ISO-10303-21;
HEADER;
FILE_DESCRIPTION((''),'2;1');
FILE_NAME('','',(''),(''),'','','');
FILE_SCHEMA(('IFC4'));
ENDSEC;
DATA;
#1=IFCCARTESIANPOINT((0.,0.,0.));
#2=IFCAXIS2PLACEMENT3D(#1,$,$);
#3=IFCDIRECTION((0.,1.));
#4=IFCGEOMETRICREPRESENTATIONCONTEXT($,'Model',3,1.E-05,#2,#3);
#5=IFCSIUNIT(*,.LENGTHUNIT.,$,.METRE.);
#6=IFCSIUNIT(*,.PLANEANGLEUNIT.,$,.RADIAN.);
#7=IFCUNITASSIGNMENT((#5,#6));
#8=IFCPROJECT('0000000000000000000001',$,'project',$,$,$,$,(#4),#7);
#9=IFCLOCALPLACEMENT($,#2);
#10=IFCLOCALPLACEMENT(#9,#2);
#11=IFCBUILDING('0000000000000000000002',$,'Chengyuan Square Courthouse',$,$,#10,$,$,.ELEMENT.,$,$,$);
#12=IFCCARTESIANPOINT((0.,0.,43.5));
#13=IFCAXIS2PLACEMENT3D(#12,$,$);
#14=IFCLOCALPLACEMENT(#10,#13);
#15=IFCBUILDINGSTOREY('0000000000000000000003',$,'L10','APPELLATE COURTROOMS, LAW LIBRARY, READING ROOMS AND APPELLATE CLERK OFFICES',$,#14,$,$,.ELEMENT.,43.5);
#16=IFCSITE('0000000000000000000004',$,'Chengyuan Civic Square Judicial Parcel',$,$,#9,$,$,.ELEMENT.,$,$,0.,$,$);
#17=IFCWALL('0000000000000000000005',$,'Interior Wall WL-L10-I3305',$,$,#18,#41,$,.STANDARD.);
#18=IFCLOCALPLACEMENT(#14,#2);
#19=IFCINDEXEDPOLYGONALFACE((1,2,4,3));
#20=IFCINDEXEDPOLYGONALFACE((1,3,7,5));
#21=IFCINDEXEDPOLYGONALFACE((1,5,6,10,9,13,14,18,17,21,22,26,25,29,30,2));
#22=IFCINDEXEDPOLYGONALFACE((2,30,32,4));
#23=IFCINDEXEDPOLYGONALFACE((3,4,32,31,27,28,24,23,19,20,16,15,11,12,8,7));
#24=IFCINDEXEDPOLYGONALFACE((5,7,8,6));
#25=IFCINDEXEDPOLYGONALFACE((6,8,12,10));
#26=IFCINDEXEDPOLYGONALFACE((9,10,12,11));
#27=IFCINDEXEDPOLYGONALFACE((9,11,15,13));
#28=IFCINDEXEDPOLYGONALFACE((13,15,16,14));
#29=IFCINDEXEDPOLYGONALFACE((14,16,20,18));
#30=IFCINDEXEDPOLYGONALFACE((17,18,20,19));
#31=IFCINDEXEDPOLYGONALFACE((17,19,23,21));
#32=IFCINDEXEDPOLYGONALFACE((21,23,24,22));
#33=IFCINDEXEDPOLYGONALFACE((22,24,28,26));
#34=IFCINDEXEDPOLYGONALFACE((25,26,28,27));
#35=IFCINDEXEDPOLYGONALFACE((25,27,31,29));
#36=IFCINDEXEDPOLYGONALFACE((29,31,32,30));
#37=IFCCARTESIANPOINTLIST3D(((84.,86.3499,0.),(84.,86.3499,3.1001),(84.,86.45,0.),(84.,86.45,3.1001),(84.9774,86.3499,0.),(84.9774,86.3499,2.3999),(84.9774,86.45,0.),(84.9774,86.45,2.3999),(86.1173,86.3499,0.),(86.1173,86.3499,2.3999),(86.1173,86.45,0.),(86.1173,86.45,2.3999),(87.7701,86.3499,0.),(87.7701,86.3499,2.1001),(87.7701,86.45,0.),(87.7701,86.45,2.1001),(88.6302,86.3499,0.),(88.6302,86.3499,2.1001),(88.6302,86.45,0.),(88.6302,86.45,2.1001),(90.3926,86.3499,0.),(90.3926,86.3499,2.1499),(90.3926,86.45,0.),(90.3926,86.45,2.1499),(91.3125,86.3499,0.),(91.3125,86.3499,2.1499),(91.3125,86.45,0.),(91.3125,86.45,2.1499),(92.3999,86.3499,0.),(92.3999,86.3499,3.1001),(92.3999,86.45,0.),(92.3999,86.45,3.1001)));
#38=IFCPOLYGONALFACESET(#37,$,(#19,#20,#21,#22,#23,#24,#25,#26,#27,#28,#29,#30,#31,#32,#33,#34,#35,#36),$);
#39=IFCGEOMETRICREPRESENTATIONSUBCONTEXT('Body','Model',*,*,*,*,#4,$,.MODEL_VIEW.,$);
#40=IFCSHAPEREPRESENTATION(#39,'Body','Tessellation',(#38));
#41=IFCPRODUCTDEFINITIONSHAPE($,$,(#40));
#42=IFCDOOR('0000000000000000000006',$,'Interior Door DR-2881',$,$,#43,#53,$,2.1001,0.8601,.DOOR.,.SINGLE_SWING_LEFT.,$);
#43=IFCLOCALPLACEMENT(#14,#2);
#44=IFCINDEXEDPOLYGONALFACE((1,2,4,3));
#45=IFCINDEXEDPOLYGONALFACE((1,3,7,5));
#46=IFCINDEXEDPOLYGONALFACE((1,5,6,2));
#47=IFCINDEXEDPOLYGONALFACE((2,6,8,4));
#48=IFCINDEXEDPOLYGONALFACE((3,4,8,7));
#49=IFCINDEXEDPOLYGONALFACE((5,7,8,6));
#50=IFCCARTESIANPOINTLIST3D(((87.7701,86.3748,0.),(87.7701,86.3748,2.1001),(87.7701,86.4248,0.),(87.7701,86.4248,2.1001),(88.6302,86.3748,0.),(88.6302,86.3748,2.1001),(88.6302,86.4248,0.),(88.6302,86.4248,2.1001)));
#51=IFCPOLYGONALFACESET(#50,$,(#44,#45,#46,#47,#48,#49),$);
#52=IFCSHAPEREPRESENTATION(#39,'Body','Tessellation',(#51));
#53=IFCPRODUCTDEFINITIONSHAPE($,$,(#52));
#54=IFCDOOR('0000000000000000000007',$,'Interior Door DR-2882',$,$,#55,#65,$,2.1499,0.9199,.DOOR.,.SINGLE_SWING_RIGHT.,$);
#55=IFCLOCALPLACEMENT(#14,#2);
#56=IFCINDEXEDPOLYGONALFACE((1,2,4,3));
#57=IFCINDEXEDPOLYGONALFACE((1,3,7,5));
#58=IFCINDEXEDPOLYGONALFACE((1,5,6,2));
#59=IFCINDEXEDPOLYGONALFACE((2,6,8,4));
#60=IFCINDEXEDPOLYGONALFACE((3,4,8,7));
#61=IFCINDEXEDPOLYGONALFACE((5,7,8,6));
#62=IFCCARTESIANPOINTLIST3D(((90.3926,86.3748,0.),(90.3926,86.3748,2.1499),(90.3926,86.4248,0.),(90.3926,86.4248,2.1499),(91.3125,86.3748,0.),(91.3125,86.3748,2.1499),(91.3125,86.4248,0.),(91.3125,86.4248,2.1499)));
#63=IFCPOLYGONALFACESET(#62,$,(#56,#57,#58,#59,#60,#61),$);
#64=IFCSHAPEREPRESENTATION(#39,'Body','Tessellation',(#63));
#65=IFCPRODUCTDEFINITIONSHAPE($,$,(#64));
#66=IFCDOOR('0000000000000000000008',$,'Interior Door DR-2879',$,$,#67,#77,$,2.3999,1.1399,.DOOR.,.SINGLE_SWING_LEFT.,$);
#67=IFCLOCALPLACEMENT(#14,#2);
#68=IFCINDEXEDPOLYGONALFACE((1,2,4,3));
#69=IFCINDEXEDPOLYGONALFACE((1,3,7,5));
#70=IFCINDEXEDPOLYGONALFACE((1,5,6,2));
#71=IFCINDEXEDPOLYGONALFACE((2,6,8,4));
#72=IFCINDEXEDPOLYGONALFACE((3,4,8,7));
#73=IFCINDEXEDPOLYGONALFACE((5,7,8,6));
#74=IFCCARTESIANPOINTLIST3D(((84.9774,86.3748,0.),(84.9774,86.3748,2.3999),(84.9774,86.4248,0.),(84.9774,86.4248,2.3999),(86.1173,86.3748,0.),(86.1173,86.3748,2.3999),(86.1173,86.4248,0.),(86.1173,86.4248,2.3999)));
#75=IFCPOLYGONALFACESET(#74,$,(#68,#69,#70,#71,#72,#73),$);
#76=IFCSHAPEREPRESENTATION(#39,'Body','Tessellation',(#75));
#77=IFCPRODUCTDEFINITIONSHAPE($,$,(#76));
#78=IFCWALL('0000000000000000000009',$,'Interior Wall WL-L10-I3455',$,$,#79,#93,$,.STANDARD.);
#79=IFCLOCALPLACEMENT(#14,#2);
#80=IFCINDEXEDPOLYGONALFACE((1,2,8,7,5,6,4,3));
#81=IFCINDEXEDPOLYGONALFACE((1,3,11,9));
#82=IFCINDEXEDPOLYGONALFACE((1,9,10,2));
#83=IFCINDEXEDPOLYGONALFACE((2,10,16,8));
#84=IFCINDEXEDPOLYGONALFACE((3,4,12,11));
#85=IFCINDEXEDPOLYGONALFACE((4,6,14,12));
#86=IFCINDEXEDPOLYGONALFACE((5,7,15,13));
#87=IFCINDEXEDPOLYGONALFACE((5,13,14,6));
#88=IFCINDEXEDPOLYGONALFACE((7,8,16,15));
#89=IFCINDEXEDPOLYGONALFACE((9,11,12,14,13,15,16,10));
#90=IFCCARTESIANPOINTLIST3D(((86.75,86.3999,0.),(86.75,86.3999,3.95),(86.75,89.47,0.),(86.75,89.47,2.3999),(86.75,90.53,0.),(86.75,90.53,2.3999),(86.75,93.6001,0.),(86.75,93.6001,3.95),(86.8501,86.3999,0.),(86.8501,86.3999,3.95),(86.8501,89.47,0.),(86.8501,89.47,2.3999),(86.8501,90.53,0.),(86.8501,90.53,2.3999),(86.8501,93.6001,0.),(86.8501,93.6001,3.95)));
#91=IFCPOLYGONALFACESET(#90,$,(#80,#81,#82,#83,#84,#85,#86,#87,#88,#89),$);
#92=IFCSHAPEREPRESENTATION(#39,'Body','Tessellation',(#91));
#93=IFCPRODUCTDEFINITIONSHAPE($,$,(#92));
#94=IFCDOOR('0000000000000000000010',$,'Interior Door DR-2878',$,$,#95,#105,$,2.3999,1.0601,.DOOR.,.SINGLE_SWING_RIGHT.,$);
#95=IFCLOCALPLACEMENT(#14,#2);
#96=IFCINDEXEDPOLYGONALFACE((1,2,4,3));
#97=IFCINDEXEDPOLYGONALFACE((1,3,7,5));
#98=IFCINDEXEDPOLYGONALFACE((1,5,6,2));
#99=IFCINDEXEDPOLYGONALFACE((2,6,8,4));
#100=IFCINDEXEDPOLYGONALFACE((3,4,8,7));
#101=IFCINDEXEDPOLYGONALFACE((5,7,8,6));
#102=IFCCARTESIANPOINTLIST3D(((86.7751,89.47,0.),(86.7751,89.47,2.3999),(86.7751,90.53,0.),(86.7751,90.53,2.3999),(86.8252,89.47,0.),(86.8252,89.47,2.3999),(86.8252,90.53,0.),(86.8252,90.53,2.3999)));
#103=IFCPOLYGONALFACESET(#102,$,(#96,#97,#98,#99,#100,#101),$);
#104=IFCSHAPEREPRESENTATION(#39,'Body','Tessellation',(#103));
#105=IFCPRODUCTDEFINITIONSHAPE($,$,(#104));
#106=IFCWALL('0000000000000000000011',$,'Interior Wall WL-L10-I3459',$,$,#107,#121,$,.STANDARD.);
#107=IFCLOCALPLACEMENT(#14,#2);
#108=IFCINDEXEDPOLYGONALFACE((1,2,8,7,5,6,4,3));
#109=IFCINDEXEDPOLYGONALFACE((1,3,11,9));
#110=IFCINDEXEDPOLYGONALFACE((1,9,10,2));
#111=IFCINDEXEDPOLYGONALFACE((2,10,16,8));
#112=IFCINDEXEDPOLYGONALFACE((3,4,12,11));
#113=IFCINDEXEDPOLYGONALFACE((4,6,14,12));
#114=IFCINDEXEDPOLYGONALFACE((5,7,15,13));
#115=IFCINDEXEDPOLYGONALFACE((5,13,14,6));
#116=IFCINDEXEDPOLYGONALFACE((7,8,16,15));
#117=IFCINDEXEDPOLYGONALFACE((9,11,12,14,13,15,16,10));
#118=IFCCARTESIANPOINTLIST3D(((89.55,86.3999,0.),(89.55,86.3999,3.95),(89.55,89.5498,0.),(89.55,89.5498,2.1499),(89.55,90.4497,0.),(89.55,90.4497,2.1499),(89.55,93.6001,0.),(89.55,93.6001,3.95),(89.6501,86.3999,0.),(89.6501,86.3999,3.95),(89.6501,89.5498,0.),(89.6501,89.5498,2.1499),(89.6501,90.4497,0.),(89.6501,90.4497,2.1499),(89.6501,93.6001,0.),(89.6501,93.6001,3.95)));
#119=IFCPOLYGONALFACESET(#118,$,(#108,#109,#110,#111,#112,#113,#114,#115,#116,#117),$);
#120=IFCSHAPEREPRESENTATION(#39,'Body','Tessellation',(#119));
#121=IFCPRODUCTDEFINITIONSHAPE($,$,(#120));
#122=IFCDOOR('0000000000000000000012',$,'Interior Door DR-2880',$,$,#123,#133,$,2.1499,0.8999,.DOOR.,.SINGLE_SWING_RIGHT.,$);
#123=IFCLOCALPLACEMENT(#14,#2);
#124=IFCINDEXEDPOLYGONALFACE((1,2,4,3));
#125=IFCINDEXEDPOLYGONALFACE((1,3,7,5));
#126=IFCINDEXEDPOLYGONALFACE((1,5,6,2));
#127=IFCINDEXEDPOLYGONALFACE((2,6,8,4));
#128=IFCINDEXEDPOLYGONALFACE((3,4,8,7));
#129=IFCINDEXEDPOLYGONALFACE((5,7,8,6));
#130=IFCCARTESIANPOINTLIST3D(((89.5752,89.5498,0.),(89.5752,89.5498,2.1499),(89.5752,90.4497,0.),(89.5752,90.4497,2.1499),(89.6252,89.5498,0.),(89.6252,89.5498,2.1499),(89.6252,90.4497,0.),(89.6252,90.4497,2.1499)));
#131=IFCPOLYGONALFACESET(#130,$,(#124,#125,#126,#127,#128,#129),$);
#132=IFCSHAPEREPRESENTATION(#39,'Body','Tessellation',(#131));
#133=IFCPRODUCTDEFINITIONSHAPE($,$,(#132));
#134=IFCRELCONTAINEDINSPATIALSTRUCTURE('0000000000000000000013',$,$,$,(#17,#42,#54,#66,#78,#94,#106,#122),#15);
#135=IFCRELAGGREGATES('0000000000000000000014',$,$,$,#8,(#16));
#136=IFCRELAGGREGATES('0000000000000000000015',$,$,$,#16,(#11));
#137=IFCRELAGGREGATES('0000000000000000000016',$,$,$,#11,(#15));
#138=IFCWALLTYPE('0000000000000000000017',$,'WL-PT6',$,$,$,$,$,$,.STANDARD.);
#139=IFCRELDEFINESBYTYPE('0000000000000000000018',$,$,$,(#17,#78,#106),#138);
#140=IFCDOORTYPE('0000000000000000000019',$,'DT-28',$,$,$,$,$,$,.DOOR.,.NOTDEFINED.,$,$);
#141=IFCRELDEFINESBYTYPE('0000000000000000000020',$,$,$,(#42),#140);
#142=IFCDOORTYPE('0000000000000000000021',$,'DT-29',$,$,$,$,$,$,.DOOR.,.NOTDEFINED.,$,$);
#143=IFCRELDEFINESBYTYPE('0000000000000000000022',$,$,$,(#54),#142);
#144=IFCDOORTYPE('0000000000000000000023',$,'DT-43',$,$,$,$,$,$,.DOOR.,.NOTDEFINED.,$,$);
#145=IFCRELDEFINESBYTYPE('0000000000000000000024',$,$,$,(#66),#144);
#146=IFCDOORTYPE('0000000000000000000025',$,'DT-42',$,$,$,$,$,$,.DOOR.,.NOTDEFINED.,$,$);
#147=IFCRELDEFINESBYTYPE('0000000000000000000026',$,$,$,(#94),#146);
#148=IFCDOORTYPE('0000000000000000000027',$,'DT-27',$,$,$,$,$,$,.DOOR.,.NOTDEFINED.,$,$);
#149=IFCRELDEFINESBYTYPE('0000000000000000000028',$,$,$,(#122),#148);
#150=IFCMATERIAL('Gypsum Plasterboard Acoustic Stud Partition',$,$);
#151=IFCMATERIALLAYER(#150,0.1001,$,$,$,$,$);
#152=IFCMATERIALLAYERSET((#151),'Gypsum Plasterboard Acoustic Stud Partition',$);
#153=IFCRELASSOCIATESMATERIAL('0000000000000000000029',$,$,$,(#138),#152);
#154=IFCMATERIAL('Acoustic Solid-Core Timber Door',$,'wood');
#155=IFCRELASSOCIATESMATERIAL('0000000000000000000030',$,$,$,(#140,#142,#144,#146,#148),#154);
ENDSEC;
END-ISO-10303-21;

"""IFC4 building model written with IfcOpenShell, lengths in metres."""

from ifc_helpers import new_model, si_unit, direction, frame, frame_2d, origin, place, context, subcontext, project, spatial, rectangle, extrude, material, layer, layer_set, type_object, element, fill, save


model = new_model("IFC4")

# Units and contexts
model_context = context("Model", 3, precision=1e-05, world=origin(), true_north=direction((0.0, 1.0)))
body_context = subcontext(model_context, "Body", "Model", "MODEL_VIEW")
ifc_project = project(units=[si_unit("LENGTHUNIT", "METRE"), si_unit("PLANEANGLEUNIT", "RADIAN")], contexts=[model_context])

# Site, building, storey
site_placement = place(None, origin())
site = spatial("IfcSite", under=ifc_project, at=site_placement, Name="Chengyuan Civic Square Judicial Parcel", CompositionType="ELEMENT", RefElevation=0.0)
building_placement = place(site_placement, origin())
building = spatial("IfcBuilding", under=site, at=building_placement, Name="Chengyuan Square Courthouse", CompositionType="ELEMENT")
storey_placement = place(building_placement, frame((0.0, 0.0, 43.5)))
storey = spatial("IfcBuildingStorey", under=building, at=storey_placement, Name="L10", Description="APPELLATE COURTROOMS, LAW LIBRARY, READING ROOMS AND APPELLATE CLERK OFFICES", CompositionType="ELEMENT", Elevation=43.5)

# Wall, openings, doors
ifc_material_1 = material(Name="Gypsum Plasterboard Acoustic Stud Partition")
ifc_layer_1 = layer(ifc_material_1, 0.1001)
ifc_layer_set_1 = layer_set([ifc_layer_1], Name="Gypsum Plasterboard Acoustic Stud Partition")
wall_type_1 = type_object("IfcWallType", Name="WL-PT6", PredefinedType="STANDARD", material=ifc_layer_set_1)
wall_1_placement = place(storey_placement, frame((84.0, 86.3999, 0.0), z_axis=(0.0, 0.0, 1.0), x_axis=(1.0, 0.0, 0.0)))
wall_1 = element("IfcWall", 1, at=wall_1_placement, inside=storey, type_object=wall_type_1, Name="Interior Wall WL-L10-I3305", PredefinedType="STANDARD", context=body_context, shape_type="SweptSolid", body=[
    extrude(rectangle(XDim=8.3999, YDim=0.1001, at=frame_2d((4.2, 0.0))), origin(), (0.0, 0.0, 1.0), 3.1001),
])
opening_1_placement = place(wall_1_placement, frame((0.9775, 0.0, 0.0)))
opening_1 = element("IfcOpeningElement", 2, at=opening_1_placement, cuts=wall_1, PredefinedType="OPENING", context=body_context, shape_type="SweptSolid", body=[
    extrude(rectangle(XDim=1.1399, YDim=2.3999, at=frame_2d((0.5698, 1.2))), frame((0.0, 0.062, 0.0), z_axis=(0.0, -1.0, 0.0), x_axis=(1.0, 0.0, 0.0)), (0.0, 0.0, 1.0), 0.124),
])
opening_2_placement = place(wall_1_placement, frame((3.77, 0.0, 0.0)))
opening_2 = element("IfcOpeningElement", 3, at=opening_2_placement, cuts=wall_1, PredefinedType="OPENING", context=body_context, shape_type="SweptSolid", body=[
    extrude(rectangle(XDim=0.8601, YDim=2.1001, at=frame_2d((0.4302, 1.05))), frame((0.0, 0.062, 0.0), z_axis=(0.0, -1.0, 0.0), x_axis=(1.0, 0.0, 0.0)), (0.0, 0.0, 1.0), 0.124),
])
opening_3_placement = place(wall_1_placement, frame((6.3926, 0.0, 0.0)))
opening_3 = element("IfcOpeningElement", 4, at=opening_3_placement, cuts=wall_1, PredefinedType="OPENING", context=body_context, shape_type="SweptSolid", body=[
    extrude(rectangle(XDim=0.9199, YDim=2.1499, at=frame_2d((0.46, 1.075))), frame((0.0, 0.062, 0.0), z_axis=(0.0, -1.0, 0.0), x_axis=(1.0, 0.0, 0.0)), (0.0, 0.0, 1.0), 0.124),
])
ifc_material_2 = material(Name="Acoustic Solid-Core Timber Door", Category="wood")
door_type_1 = type_object("IfcDoorType", Name="DT-28", OperationType="NOTDEFINED", PredefinedType="DOOR", material=ifc_material_2)
door_1_placement = place(opening_2_placement, origin())
door_1 = element("IfcDoor", 5, at=door_1_placement, inside=storey, type_object=door_type_1, Name="Interior Door DR-2881", OperationType="SINGLE_SWING_LEFT", OverallHeight=2.1001, OverallWidth=0.8601, PredefinedType="DOOR", context=body_context, shape_type="SweptSolid", body=[
    extrude(rectangle(XDim=0.8601, YDim=2.1001, at=frame_2d((0.4302, 1.05))), frame((0.0, 0.0249, 0.0), z_axis=(0.0, -1.0, 0.0), x_axis=(1.0, 0.0, 0.0)), (0.0, 0.0, 1.0), 0.05),
])
fill(opening_2, door_1)
door_type_2 = type_object("IfcDoorType", Name="DT-29", OperationType="NOTDEFINED", PredefinedType="DOOR", material=ifc_material_2)
door_2_placement = place(opening_3_placement, origin())
door_2 = element("IfcDoor", 6, at=door_2_placement, inside=storey, type_object=door_type_2, Name="Interior Door DR-2882", OperationType="SINGLE_SWING_RIGHT", OverallHeight=2.1499, OverallWidth=0.9199, PredefinedType="DOOR", context=body_context, shape_type="SweptSolid", body=[
    extrude(rectangle(XDim=0.9199, YDim=2.1499, at=frame_2d((0.46, 1.075))), frame((0.0, 0.0249, 0.0), z_axis=(0.0, -1.0, 0.0), x_axis=(1.0, 0.0, 0.0)), (0.0, 0.0, 1.0), 0.05),
])
fill(opening_3, door_2)
door_type_3 = type_object("IfcDoorType", Name="DT-43", OperationType="NOTDEFINED", PredefinedType="DOOR", material=ifc_material_2)
door_3_placement = place(opening_1_placement, origin())
door_3 = element("IfcDoor", 7, at=door_3_placement, inside=storey, type_object=door_type_3, Name="Interior Door DR-2879", OperationType="SINGLE_SWING_LEFT", OverallHeight=2.3999, OverallWidth=1.1399, PredefinedType="DOOR", context=body_context, shape_type="SweptSolid", body=[
    extrude(rectangle(XDim=1.1399, YDim=2.3999, at=frame_2d((0.5698, 1.2))), frame((0.0, 0.0249, 0.0), z_axis=(0.0, -1.0, 0.0), x_axis=(1.0, 0.0, 0.0)), (0.0, 0.0, 1.0), 0.05),
])
fill(opening_1, door_3)

# Walls, openings, doors
wall_2_placement = place(storey_placement, frame((86.8, 86.3999, 0.0), z_axis=(0.0, 0.0, 1.0), x_axis=(0.0, 1.0, 0.0)))
wall_2 = element("IfcWall", 8, at=wall_2_placement, inside=storey, type_object=wall_type_1, Name="Interior Wall WL-L10-I3455", PredefinedType="STANDARD", context=body_context, shape_type="SweptSolid", body=[
    extrude(rectangle(XDim=7.2002, YDim=0.1001, at=frame_2d((3.6001, 0.0))), origin(), (0.0, 0.0, 1.0), 3.95),
])
opening_4_placement = place(wall_2_placement, frame((3.0701, 0.0, 0.0)))
opening_4 = element("IfcOpeningElement", 9, at=opening_4_placement, cuts=wall_2, PredefinedType="OPENING", context=body_context, shape_type="SweptSolid", body=[
    extrude(rectangle(XDim=1.0601, YDim=2.3999, at=frame_2d((0.53, 1.2))), frame((0.0, 0.062, 0.0), z_axis=(0.0, -1.0, 0.0), x_axis=(1.0, 0.0, 0.0)), (0.0, 0.0, 1.0), 0.124),
])
door_type_4 = type_object("IfcDoorType", Name="DT-42", OperationType="NOTDEFINED", PredefinedType="DOOR", material=ifc_material_2)
door_4_placement = place(opening_4_placement, origin())
door_4 = element("IfcDoor", 10, at=door_4_placement, inside=storey, type_object=door_type_4, Name="Interior Door DR-2878", OperationType="SINGLE_SWING_RIGHT", OverallHeight=2.3999, OverallWidth=1.0601, PredefinedType="DOOR", context=body_context, shape_type="SweptSolid", body=[
    extrude(rectangle(XDim=1.0601, YDim=2.3999, at=frame_2d((0.53, 1.2))), frame((0.0, 0.0249, 0.0), z_axis=(0.0, -1.0, 0.0), x_axis=(1.0, 0.0, 0.0)), (0.0, 0.0, 1.0), 0.05),
])
fill(opening_4, door_4)
wall_3_placement = place(storey_placement, frame((89.6001, 86.3999, 0.0), z_axis=(0.0, 0.0, 1.0), x_axis=(0.0, 1.0, 0.0)))
wall_3 = element("IfcWall", 11, at=wall_3_placement, inside=storey, type_object=wall_type_1, Name="Interior Wall WL-L10-I3459", PredefinedType="STANDARD", context=body_context, shape_type="SweptSolid", body=[
    extrude(rectangle(XDim=7.2002, YDim=0.1001, at=frame_2d((3.6001, 0.0))), origin(), (0.0, 0.0, 1.0), 3.95),
])
opening_5_placement = place(wall_3_placement, frame((3.1499, 0.0, 0.0)))
opening_5 = element("IfcOpeningElement", 12, at=opening_5_placement, cuts=wall_3, PredefinedType="OPENING", context=body_context, shape_type="SweptSolid", body=[
    extrude(rectangle(XDim=0.8999, YDim=2.1499, at=frame_2d((0.45, 1.075))), frame((0.0, 0.062, 0.0), z_axis=(0.0, -1.0, 0.0), x_axis=(1.0, 0.0, 0.0)), (0.0, 0.0, 1.0), 0.124),
])
door_type_5 = type_object("IfcDoorType", Name="DT-27", OperationType="NOTDEFINED", PredefinedType="DOOR", material=ifc_material_2)
door_5_placement = place(opening_5_placement, origin())
door_5 = element("IfcDoor", 13, at=door_5_placement, inside=storey, type_object=door_type_5, Name="Interior Door DR-2880", OperationType="SINGLE_SWING_RIGHT", OverallHeight=2.1499, OverallWidth=0.8999, PredefinedType="DOOR", context=body_context, shape_type="SweptSolid", body=[
    extrude(rectangle(XDim=0.8999, YDim=2.1499, at=frame_2d((0.45, 1.075))), frame((0.0, 0.0249, 0.0), z_axis=(0.0, -1.0, 0.0), x_axis=(1.0, 0.0, 0.0)), (0.0, 0.0, 1.0), 0.05),
])
fill(opening_5, door_5)

save(model, "model.ifc")
